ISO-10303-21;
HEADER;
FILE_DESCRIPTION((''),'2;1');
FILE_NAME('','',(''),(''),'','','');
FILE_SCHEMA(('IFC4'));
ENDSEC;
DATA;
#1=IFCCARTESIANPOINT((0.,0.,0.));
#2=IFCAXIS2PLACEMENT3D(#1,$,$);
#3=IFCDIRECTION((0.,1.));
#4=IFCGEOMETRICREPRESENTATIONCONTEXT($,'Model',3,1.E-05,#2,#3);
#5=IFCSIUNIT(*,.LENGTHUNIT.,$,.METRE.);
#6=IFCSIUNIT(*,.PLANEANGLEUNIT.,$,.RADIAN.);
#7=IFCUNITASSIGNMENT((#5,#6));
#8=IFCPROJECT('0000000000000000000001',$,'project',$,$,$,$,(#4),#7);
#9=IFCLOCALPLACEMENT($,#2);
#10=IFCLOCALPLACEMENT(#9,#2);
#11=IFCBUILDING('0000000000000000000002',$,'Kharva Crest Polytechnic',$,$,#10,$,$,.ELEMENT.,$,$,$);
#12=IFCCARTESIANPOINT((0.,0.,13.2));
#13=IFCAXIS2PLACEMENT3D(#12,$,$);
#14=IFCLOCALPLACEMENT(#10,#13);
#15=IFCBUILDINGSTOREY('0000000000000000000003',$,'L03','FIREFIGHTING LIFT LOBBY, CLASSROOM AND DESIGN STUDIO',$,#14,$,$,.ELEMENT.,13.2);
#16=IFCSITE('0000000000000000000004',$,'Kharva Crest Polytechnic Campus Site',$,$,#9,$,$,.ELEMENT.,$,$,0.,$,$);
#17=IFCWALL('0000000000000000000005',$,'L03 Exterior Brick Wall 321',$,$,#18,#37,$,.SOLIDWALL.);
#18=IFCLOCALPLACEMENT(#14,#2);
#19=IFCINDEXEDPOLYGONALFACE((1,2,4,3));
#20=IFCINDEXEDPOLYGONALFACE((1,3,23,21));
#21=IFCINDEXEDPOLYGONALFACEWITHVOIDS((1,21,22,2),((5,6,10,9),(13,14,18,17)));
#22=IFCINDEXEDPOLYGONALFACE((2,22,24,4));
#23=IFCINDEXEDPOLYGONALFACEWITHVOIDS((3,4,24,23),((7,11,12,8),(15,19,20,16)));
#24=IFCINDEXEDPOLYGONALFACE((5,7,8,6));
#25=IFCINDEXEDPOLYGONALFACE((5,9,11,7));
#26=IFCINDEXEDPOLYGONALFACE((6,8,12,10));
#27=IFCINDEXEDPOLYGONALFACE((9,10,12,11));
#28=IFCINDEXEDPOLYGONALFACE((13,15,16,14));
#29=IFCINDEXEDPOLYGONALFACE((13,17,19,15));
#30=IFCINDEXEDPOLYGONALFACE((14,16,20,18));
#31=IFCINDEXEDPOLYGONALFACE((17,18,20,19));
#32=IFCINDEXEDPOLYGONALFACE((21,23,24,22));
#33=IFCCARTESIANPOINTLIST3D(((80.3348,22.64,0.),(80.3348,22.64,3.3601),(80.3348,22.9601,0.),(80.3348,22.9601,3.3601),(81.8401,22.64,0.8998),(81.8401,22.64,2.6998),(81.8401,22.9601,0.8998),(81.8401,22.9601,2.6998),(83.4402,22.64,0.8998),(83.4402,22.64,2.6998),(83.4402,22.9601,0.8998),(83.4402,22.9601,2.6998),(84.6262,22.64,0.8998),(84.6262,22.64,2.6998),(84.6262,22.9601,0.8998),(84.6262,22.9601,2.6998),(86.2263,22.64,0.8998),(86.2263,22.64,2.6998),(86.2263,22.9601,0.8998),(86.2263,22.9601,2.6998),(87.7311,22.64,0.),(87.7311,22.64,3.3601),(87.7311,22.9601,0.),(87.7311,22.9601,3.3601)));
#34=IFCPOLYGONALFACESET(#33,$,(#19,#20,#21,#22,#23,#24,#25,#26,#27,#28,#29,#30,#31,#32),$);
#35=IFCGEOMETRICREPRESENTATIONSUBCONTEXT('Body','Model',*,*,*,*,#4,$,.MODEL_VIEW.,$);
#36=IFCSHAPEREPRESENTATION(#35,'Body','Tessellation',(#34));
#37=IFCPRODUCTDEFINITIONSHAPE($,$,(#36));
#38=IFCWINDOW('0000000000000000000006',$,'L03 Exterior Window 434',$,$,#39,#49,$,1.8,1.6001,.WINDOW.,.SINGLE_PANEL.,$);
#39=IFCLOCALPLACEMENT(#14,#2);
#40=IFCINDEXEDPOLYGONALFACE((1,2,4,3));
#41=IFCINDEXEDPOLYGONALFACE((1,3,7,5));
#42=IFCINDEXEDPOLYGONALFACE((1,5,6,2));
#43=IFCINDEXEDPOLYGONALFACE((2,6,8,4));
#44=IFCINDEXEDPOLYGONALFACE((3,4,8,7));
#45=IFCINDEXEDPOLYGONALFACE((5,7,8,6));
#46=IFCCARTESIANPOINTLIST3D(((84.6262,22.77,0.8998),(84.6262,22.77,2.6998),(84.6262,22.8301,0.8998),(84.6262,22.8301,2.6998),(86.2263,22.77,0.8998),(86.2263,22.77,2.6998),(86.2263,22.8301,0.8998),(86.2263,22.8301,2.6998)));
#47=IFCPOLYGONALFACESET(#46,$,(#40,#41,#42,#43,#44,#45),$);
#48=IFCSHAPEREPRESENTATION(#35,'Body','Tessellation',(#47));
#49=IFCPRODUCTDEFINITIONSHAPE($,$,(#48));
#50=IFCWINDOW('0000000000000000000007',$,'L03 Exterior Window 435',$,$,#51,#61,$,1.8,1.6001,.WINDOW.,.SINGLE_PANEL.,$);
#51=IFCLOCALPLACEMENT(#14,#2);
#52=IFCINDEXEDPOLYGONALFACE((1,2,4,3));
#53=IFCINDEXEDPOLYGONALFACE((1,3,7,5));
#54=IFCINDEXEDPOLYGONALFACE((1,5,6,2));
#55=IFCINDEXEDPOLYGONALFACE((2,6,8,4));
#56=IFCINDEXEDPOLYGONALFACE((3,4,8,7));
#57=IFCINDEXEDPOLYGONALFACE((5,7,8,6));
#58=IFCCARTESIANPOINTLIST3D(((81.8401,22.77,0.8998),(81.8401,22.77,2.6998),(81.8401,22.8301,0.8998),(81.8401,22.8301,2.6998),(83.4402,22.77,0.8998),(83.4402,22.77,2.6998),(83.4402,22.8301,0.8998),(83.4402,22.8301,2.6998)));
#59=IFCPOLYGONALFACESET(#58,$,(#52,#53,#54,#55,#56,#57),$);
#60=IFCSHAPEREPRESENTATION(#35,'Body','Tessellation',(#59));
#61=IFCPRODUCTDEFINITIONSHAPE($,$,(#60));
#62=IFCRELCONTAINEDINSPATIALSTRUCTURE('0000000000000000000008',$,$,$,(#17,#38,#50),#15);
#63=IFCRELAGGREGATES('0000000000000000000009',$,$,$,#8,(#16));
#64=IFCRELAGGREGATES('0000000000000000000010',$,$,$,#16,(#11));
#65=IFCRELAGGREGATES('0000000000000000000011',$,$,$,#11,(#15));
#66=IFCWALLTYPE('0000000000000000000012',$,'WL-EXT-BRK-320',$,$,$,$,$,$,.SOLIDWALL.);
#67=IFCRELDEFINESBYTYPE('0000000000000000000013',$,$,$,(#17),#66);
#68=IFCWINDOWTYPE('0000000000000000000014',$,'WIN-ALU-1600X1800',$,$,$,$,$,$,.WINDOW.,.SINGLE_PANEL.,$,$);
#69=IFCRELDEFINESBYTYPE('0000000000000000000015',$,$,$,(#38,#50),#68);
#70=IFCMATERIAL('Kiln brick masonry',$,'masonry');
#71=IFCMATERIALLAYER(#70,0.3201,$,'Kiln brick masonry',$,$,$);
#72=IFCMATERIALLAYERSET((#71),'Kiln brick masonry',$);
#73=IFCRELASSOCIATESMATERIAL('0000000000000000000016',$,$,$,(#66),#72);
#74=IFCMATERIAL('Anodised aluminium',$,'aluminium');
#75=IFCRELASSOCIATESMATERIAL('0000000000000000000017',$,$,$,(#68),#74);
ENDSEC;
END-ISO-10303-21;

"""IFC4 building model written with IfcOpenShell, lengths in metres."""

from ifc_helpers import new_model, si_unit, direction, frame, frame_2d, origin, place, context, subcontext, project, spatial, rectangle, extrude, material, layer, layer_set, type_object, element, fill, save


model = new_model("IFC4")

# Units and contexts
model_context = context("Model", 3, precision=1e-05, world=origin(), true_north=direction((0.0, 1.0)))
body_context = subcontext(model_context, "Body", "Model", "MODEL_VIEW")
ifc_project = project(units=[si_unit("LENGTHUNIT", "METRE"), si_unit("PLANEANGLEUNIT", "RADIAN")], contexts=[model_context])

# Site, building, storey
site_placement = place(None, origin())
site = spatial("IfcSite", under=ifc_project, at=site_placement, Name="Kharva Crest Polytechnic Campus Site", CompositionType="ELEMENT", RefElevation=0.0)
building_placement = place(site_placement, origin())
building = spatial("IfcBuilding", under=site, at=building_placement, Name="Kharva Crest Polytechnic", CompositionType="ELEMENT")
storey_placement = place(building_placement, frame((0.0, 0.0, 13.2)))
storey = spatial("IfcBuildingStorey", under=building, at=storey_placement, Name="L03", Description="FIREFIGHTING LIFT LOBBY, CLASSROOM AND DESIGN STUDIO", CompositionType="ELEMENT", Elevation=13.2)

# Wall, openings, windows
ifc_material_1 = material(Name="Kiln brick masonry", Category="masonry")
ifc_layer_1 = layer(ifc_material_1, 0.3201, Name="Kiln brick masonry")
ifc_layer_set_1 = layer_set([ifc_layer_1], Name="Kiln brick masonry")
wall_type = type_object("IfcWallType", Name="WL-EXT-BRK-320", PredefinedType="SOLIDWALL", material=ifc_layer_set_1)
wall_placement = place(storey_placement, frame((87.7312, 22.8, 0.0), z_axis=(0.0, 0.0, 1.0), x_axis=(-1.0, 0.0, 0.0)))
wall = element("IfcWall", 1, at=wall_placement, inside=storey, type_object=wall_type, Name="L03 Exterior Brick Wall 321", PredefinedType="SOLIDWALL", context=body_context, shape_type="SweptSolid", body=[
    extrude(rectangle(XDim=7.3962, YDim=0.3201, at=frame_2d((3.6982, 0.0))), origin(), (0.0, 0.0, 1.0), 3.3601),
])
opening_1_placement = place(wall_placement, frame((1.5049, 0.0, 0.8999)))
opening_1 = element("IfcOpeningElement", 2, at=opening_1_placement, cuts=wall, PredefinedType="OPENING", context=body_context, shape_type="SweptSolid", body=[
    extrude(rectangle(XDim=1.6001, YDim=1.8, at=frame_2d((0.8, 0.8999))), frame((0.0, 0.1699, 0.0), z_axis=(0.0, -1.0, 0.0), x_axis=(1.0, 0.0, 0.0)), (0.0, 0.0, 1.0), 0.3401),
])
opening_2_placement = place(wall_placement, frame((4.291, 0.0, 0.8999)))
opening_2 = element("IfcOpeningElement", 3, at=opening_2_placement, cuts=wall, PredefinedType="OPENING", context=body_context, shape_type="SweptSolid", body=[
    extrude(rectangle(XDim=1.6001, YDim=1.8, at=frame_2d((0.8, 0.8999))), frame((0.0, 0.1699, 0.0), z_axis=(0.0, -1.0, 0.0), x_axis=(1.0, 0.0, 0.0)), (0.0, 0.0, 1.0), 0.3401),
])
ifc_material_2 = material(Name="Anodised aluminium", Category="aluminium")
window_type = type_object("IfcWindowType", Name="WIN-ALU-1600X1800", PartitioningType="SINGLE_PANEL", PredefinedType="WINDOW", material=ifc_material_2)
window_1_placement = place(opening_1_placement, origin())
window_1 = element("IfcWindow", 4, at=window_1_placement, inside=storey, type_object=window_type, Name="L03 Exterior Window 434", OverallHeight=1.8, OverallWidth=1.6001, PartitioningType="SINGLE_PANEL", PredefinedType="WINDOW", context=body_context, shape_type="SweptSolid", body=[
    extrude(rectangle(XDim=1.6001, YDim=1.8, at=frame_2d((0.8, 0.8999))), frame((0.0, 0.03, 0.0), z_axis=(0.0, -1.0, 0.0), x_axis=(1.0, 0.0, 0.0)), (0.0, 0.0, 1.0), 0.0601),
])
fill(opening_1, window_1)
window_2_placement = place(opening_2_placement, origin())
window_2 = element("IfcWindow", 5, at=window_2_placement, inside=storey, type_object=window_type, Name="L03 Exterior Window 435", OverallHeight=1.8, OverallWidth=1.6001, PartitioningType="SINGLE_PANEL", PredefinedType="WINDOW", context=body_context, shape_type="SweptSolid", body=[
    extrude(rectangle(XDim=1.6001, YDim=1.8, at=frame_2d((0.8, 0.8999))), frame((0.0, 0.03, 0.0), z_axis=(0.0, -1.0, 0.0), x_axis=(1.0, 0.0, 0.0)), (0.0, 0.0, 1.0), 0.0601),
])
fill(opening_2, window_2)

save(model, "model.ifc")
